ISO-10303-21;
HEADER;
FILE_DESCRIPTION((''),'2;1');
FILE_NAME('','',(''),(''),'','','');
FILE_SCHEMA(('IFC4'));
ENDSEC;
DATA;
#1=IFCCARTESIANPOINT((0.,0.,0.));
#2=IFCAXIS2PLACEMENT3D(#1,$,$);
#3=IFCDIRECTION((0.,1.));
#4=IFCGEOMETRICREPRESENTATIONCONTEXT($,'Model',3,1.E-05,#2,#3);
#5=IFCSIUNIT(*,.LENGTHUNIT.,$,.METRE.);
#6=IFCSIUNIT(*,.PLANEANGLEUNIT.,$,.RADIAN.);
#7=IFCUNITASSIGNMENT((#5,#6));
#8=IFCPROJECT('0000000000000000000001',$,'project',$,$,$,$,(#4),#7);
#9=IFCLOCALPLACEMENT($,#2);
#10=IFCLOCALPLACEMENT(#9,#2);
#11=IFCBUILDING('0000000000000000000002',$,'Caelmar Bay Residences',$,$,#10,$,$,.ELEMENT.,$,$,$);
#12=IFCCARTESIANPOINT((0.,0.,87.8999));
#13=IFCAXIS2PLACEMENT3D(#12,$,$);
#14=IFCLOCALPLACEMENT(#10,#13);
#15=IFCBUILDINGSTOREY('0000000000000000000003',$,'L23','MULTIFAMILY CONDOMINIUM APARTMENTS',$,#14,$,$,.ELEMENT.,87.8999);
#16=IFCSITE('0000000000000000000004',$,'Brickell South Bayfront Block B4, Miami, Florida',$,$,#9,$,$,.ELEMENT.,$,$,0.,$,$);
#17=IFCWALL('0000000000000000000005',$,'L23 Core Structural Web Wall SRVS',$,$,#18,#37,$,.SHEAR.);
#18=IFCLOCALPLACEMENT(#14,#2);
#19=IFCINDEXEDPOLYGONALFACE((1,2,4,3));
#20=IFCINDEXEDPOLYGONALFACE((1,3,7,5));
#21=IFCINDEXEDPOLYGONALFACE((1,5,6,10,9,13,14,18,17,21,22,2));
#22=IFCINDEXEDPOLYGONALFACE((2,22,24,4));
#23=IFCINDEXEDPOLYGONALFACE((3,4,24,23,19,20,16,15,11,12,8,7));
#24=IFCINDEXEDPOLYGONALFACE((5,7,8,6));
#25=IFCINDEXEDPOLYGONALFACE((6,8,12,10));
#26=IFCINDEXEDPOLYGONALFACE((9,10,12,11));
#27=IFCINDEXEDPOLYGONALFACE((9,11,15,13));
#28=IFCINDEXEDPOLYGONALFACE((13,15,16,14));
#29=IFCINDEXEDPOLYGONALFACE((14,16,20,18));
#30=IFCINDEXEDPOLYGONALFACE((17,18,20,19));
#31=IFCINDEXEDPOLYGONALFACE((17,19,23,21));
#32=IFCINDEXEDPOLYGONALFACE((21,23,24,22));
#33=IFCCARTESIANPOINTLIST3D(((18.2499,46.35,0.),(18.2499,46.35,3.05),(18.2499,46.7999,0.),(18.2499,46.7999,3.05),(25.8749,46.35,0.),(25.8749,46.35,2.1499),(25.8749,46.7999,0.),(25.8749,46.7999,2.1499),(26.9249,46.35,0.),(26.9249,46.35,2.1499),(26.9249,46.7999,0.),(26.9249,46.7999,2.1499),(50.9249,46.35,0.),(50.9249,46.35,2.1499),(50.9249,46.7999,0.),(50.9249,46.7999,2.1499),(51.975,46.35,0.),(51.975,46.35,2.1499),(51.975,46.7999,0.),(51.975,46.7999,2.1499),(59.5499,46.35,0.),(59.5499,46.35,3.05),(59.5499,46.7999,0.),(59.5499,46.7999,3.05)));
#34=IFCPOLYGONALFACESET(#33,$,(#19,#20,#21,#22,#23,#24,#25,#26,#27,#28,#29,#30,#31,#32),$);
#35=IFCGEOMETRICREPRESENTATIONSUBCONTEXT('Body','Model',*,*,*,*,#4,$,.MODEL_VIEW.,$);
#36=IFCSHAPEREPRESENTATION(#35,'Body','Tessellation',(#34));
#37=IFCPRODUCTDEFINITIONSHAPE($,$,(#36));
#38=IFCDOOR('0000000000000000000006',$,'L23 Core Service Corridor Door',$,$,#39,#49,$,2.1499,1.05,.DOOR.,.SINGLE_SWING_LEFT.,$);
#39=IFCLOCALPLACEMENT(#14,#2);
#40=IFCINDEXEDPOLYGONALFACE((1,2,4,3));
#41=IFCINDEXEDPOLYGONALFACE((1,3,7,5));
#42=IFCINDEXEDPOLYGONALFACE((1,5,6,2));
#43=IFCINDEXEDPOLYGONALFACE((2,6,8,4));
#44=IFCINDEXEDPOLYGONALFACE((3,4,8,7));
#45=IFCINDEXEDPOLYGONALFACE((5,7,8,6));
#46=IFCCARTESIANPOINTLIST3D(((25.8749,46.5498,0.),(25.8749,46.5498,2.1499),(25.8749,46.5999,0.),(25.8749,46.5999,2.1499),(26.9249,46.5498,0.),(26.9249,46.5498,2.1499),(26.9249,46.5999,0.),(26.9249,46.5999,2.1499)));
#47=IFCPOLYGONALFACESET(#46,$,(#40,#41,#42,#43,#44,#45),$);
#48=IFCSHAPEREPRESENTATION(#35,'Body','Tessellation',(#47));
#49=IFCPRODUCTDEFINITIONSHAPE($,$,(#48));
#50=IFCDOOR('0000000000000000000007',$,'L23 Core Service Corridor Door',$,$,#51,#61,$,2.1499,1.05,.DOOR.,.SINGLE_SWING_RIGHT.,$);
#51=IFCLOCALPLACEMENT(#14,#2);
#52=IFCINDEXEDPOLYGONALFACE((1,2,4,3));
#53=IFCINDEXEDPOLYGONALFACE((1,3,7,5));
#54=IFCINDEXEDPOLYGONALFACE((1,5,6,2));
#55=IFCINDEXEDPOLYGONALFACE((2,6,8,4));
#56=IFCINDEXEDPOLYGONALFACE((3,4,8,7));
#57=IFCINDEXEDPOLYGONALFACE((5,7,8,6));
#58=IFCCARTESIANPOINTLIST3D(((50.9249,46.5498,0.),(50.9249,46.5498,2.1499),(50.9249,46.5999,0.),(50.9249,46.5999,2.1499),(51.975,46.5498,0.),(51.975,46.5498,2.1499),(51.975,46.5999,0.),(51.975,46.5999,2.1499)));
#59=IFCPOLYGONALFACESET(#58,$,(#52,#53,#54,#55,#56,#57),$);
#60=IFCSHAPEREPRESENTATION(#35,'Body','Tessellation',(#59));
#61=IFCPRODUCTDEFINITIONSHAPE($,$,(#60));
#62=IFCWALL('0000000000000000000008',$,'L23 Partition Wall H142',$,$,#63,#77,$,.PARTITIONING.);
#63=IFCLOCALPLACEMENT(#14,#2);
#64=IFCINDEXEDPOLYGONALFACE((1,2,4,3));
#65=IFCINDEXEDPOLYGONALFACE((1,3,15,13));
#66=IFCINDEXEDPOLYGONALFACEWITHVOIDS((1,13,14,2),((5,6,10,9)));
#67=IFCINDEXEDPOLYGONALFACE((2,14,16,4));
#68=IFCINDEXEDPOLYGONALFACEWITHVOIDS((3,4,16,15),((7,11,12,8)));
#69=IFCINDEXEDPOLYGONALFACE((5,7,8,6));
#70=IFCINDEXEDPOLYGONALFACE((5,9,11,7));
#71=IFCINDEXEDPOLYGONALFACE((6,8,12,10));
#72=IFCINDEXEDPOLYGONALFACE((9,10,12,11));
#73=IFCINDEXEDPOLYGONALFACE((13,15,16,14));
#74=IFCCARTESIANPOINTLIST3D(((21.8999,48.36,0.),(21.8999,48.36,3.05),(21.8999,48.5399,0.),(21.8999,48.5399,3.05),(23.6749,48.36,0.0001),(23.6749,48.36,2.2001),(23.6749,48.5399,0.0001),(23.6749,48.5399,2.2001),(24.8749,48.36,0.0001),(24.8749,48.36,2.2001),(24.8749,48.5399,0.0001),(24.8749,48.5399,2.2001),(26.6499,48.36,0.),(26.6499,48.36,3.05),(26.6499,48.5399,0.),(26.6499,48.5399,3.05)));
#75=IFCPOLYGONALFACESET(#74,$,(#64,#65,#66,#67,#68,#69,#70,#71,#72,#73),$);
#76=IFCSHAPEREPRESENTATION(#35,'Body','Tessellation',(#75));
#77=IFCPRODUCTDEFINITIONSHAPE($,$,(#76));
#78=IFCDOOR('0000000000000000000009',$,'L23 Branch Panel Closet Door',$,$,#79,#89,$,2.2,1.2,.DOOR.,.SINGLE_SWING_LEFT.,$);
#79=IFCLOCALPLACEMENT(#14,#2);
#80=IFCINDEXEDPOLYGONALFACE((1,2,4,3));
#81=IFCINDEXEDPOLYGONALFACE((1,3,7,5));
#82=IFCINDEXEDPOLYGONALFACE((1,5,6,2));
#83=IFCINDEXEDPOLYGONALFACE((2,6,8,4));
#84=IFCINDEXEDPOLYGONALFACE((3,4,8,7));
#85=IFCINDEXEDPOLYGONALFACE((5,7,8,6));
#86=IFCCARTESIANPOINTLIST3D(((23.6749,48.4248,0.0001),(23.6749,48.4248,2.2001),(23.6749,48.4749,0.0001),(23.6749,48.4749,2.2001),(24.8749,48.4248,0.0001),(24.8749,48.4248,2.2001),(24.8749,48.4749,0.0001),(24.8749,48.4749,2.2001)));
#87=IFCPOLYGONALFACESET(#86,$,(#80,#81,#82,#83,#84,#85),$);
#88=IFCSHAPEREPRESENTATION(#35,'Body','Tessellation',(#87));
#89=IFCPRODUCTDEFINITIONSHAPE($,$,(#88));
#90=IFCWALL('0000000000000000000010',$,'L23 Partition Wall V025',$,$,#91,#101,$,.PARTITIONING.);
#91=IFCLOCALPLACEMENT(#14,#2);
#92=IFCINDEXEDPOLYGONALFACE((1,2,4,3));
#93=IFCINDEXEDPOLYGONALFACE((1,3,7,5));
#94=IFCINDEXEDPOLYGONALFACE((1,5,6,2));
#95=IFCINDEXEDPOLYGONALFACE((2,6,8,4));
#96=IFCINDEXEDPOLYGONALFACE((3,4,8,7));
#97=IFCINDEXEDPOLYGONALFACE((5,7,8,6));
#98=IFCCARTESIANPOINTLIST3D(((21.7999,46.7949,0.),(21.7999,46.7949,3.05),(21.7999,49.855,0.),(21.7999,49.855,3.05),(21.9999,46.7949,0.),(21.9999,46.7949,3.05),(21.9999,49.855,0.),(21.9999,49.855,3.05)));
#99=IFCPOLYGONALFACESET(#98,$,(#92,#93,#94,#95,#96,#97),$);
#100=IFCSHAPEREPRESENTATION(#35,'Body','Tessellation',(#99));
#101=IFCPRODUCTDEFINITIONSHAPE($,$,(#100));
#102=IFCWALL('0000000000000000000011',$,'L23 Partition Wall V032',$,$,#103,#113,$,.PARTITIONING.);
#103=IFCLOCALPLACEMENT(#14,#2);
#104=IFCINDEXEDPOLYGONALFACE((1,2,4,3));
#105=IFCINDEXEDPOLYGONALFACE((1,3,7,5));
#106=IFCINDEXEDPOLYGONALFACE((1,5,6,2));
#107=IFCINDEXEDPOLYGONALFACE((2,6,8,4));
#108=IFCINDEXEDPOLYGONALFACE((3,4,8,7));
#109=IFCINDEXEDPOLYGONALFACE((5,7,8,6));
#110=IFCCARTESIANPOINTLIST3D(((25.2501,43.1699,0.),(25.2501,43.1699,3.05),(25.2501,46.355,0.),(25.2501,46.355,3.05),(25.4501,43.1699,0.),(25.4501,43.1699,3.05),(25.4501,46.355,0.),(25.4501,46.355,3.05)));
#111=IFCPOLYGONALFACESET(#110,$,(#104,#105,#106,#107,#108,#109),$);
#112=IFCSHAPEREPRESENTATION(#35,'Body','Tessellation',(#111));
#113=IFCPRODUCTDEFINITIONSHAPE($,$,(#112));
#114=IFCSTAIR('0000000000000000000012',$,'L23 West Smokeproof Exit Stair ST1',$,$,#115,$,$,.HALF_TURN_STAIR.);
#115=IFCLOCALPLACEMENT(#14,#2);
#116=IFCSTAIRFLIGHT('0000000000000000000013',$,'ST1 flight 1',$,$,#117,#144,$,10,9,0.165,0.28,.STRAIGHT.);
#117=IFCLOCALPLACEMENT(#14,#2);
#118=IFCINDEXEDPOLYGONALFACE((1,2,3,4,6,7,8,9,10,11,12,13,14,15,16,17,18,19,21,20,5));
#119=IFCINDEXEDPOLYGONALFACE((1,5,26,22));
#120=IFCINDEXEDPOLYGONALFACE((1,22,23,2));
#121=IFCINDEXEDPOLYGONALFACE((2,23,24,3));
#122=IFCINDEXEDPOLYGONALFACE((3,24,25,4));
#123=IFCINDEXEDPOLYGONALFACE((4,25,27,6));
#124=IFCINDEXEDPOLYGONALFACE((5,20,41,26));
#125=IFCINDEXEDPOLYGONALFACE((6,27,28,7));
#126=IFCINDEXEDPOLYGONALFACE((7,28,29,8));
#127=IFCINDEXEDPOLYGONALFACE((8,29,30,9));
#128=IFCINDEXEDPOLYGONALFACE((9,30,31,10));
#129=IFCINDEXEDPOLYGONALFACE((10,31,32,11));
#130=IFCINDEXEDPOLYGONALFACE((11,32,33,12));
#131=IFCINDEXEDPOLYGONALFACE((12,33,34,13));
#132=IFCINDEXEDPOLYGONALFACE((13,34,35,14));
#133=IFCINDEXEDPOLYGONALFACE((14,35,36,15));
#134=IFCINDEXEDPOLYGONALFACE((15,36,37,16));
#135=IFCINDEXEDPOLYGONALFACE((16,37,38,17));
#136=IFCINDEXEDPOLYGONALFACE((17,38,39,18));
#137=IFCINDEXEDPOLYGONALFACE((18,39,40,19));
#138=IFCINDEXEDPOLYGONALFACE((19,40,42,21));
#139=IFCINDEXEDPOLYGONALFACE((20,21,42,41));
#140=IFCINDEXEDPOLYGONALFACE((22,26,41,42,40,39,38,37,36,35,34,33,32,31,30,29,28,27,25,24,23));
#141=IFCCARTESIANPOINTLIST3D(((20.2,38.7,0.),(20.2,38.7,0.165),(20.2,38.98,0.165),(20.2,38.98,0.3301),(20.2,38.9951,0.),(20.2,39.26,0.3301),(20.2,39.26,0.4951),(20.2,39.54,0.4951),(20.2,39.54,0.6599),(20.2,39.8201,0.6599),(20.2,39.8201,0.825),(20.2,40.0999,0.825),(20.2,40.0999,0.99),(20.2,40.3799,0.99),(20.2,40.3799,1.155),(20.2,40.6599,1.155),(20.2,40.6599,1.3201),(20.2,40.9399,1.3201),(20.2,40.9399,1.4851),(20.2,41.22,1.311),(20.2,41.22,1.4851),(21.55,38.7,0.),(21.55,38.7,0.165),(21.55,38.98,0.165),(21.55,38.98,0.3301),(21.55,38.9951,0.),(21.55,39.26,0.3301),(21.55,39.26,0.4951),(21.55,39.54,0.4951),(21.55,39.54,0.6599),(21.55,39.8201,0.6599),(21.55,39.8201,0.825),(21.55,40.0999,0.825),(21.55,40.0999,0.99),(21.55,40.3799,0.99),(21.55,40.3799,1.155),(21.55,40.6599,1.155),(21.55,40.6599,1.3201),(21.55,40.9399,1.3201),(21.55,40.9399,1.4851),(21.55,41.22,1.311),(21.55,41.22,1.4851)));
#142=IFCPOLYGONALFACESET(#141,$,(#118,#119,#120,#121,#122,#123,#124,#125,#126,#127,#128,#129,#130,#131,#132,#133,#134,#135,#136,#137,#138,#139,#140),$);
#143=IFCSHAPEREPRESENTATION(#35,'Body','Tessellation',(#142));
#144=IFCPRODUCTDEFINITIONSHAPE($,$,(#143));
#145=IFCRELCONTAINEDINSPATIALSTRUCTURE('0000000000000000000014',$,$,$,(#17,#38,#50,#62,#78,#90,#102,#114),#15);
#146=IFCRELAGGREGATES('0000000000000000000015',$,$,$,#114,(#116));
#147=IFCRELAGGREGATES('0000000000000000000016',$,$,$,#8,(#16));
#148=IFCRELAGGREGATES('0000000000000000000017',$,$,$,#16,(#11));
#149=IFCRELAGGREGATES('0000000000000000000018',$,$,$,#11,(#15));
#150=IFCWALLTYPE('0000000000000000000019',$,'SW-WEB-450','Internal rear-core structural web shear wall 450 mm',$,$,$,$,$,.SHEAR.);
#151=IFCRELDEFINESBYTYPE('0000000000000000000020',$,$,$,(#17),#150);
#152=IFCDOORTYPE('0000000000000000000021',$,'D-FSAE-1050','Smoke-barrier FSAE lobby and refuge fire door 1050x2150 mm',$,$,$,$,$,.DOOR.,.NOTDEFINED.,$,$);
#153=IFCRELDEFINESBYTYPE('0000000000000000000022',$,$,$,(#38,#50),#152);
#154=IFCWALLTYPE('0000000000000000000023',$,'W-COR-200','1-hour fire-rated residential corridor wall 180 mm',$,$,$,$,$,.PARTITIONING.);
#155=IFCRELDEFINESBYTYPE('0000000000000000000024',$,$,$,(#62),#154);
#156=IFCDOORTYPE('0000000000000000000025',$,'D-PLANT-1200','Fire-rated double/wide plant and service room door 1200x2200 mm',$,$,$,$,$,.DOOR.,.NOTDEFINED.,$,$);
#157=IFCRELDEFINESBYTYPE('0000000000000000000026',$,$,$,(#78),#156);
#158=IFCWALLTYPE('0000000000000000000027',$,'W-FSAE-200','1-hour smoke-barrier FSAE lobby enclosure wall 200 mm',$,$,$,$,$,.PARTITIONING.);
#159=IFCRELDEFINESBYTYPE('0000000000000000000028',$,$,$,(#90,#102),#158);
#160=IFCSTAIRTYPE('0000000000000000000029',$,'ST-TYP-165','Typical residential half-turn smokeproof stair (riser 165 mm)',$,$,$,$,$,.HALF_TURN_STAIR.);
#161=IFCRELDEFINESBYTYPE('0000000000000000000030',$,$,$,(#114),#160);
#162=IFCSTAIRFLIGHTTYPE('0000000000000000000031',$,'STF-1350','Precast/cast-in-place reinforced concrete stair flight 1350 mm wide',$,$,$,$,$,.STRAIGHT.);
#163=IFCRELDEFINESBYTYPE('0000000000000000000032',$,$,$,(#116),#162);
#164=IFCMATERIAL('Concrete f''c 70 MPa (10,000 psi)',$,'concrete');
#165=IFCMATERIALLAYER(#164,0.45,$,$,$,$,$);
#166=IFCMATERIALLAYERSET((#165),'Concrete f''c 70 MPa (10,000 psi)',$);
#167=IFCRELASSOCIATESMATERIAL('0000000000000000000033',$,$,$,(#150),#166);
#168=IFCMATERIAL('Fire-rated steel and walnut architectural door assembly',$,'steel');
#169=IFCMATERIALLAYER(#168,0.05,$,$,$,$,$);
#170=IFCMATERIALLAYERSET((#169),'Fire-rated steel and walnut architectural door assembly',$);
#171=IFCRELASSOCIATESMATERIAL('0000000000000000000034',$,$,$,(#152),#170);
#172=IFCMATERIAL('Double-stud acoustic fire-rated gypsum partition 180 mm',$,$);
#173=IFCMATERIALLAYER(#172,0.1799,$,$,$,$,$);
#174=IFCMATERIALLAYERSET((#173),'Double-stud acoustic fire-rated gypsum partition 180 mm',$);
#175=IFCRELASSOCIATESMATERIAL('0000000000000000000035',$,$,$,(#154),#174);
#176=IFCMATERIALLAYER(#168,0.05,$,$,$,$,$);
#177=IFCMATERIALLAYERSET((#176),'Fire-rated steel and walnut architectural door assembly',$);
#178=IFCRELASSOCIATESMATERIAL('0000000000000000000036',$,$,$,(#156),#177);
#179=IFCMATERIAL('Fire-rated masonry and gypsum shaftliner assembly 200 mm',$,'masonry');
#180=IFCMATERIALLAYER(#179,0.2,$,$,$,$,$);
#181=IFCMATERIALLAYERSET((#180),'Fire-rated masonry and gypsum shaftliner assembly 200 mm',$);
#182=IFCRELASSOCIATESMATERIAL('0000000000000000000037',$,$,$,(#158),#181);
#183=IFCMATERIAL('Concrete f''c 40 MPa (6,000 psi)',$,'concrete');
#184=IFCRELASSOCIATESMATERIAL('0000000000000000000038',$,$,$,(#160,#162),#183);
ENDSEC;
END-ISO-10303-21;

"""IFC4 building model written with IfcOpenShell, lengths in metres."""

from ifc_helpers import new_model, si_unit, direction, frame, frame_2d, origin, place, context, subcontext, project, spatial, polyline, rectangle, outline, extrude, material, layer, layer_set, type_object, element, fill, aggregate, save


model = new_model("IFC4")

# Units and contexts
model_context = context("Model", 3, precision=1e-05, world=origin(), true_north=direction((0.0, 1.0)))
body_context = subcontext(model_context, "Body", "Model", "MODEL_VIEW")
ifc_project = project(units=[si_unit("LENGTHUNIT", "METRE"), si_unit("PLANEANGLEUNIT", "RADIAN")], contexts=[model_context])

# Site, building, storey
site_placement = place(None, origin())
site = spatial("IfcSite", under=ifc_project, at=site_placement, Name="Brickell South Bayfront Block B4, Miami, Florida", CompositionType="ELEMENT", RefElevation=0.0)
building_placement = place(site_placement, origin())
building = spatial("IfcBuilding", under=site, at=building_placement, Name="Caelmar Bay Residences", CompositionType="ELEMENT")
storey_placement = place(building_placement, frame((0.0, 0.0, 87.8999)))
storey = spatial("IfcBuildingStorey", under=building, at=storey_placement, Name="L23", Description="MULTIFAMILY CONDOMINIUM APARTMENTS", CompositionType="ELEMENT", Elevation=87.8999)

# Shared definitions
ifc_material_1 = material(Name="Concrete f'c 70 MPa (10,000 psi)", Category="concrete")

# Wall, openings, doors
ifc_layer_1 = layer(ifc_material_1, 0.45)
ifc_layer_set_1 = layer_set([ifc_layer_1], Name="Concrete f'c 70 MPa (10,000 psi)")
wall_type_1 = type_object("IfcWallType", Name="SW-WEB-450", Description="Internal rear-core structural web shear wall 450 mm", PredefinedType="SHEAR", material=ifc_layer_set_1)
ifc_material_2 = material(Name="Fire-rated steel and walnut architectural door assembly", Category="steel")
ifc_layer_2 = layer(ifc_material_2, 0.05)
ifc_layer_set_2 = layer_set([ifc_layer_2], Name="Fire-rated steel and walnut architectural door assembly")
door_type_1 = type_object("IfcDoorType", Name="D-FSAE-1050", Description="Smoke-barrier FSAE lobby and refuge fire door 1050x2150 mm", OperationType="NOTDEFINED", PredefinedType="DOOR", material=ifc_layer_set_2)
wall_1_placement = place(storey_placement, frame((18.25, 46.575, 0.0), z_axis=(0.0, 0.0, 1.0), x_axis=(1.0, 0.0, 0.0)))
wall_1 = element("IfcWall", 1, at=wall_1_placement, inside=storey, type_object=wall_type_1, Name="L23 Core Structural Web Wall SRVS", PredefinedType="SHEAR", context=body_context, shape_type="SweptSolid", body=[
    extrude(rectangle(XDim=41.3, YDim=0.45, at=frame_2d((20.6499, 0.0))), origin(), (0.0, 0.0, 1.0), 3.05),
])
opening_1_placement = place(wall_1_placement, frame((7.625, 0.0, 0.0)))
opening_1 = element("IfcOpeningElement", 2, at=opening_1_placement, cuts=wall_1, PredefinedType="OPENING", context=body_context, shape_type="SweptSolid", body=[
    extrude(rectangle(XDim=1.05, YDim=2.1499, at=frame_2d((0.5249, 1.075))), frame((0.0, 0.2349, 0.0), z_axis=(0.0, -1.0, 0.0), x_axis=(1.0, 0.0, 0.0)), (0.0, 0.0, 1.0), 0.47),
])
opening_2_placement = place(wall_1_placement, frame((32.675, 0.0, 0.0)))
opening_2 = element("IfcOpeningElement", 3, at=opening_2_placement, cuts=wall_1, PredefinedType="OPENING", context=body_context, shape_type="SweptSolid", body=[
    extrude(rectangle(XDim=1.05, YDim=2.1499, at=frame_2d((0.5249, 1.075))), frame((0.0, 0.2349, 0.0), z_axis=(0.0, -1.0, 0.0), x_axis=(1.0, 0.0, 0.0)), (0.0, 0.0, 1.0), 0.47),
])
door_1_placement = place(opening_1_placement, origin())
door_1 = element("IfcDoor", 4, at=door_1_placement, inside=storey, type_object=door_type_1, Name="L23 Core Service Corridor Door", OperationType="SINGLE_SWING_LEFT", OverallHeight=2.1499, OverallWidth=1.05, PredefinedType="DOOR", context=body_context, shape_type="SweptSolid", body=[
    extrude(rectangle(XDim=1.05, YDim=2.1499, at=frame_2d((0.5249, 1.075))), frame((0.0, 0.0249, 0.0), z_axis=(0.0, -1.0, 0.0), x_axis=(1.0, 0.0, 0.0)), (0.0, 0.0, 1.0), 0.05),
])
fill(opening_1, door_1)
door_2_placement = place(opening_2_placement, origin())
door_2 = element("IfcDoor", 5, at=door_2_placement, inside=storey, type_object=door_type_1, Name="L23 Core Service Corridor Door", OperationType="SINGLE_SWING_RIGHT", OverallHeight=2.1499, OverallWidth=1.05, PredefinedType="DOOR", context=body_context, shape_type="SweptSolid", body=[
    extrude(rectangle(XDim=1.05, YDim=2.1499, at=frame_2d((0.5249, 1.075))), frame((0.0, 0.0249, 0.0), z_axis=(0.0, -1.0, 0.0), x_axis=(1.0, 0.0, 0.0)), (0.0, 0.0, 1.0), 0.05),
])
fill(opening_2, door_2)

# Wall, opening, door
ifc_material_3 = material(Name="Double-stud acoustic fire-rated gypsum partition 180 mm")
ifc_layer_3 = layer(ifc_material_3, 0.1799)
ifc_layer_set_3 = layer_set([ifc_layer_3], Name="Double-stud acoustic fire-rated gypsum partition 180 mm")
wall_type_2 = type_object("IfcWallType", Name="W-COR-200", Description="1-hour fire-rated residential corridor wall 180 mm", PredefinedType="PARTITIONING", material=ifc_layer_set_3)
wall_2_placement = place(storey_placement, frame((21.8999, 48.45, 0.0), z_axis=(0.0, 0.0, 1.0), x_axis=(1.0, 0.0, 0.0)))
wall_2 = element("IfcWall", 6, at=wall_2_placement, inside=storey, type_object=wall_type_2, Name="L23 Partition Wall H142", PredefinedType="PARTITIONING", context=body_context, shape_type="SweptSolid", body=[
    extrude(rectangle(XDim=4.75, YDim=0.1799, at=frame_2d((2.375, 0.0))), origin(), (0.0, 0.0, 1.0), 3.05),
])
opening_3_placement = place(wall_2_placement, frame((1.7749, 0.0, 0.0)))
opening_3 = element("IfcOpeningElement", 7, at=opening_3_placement, cuts=wall_2, PredefinedType="OPENING", context=body_context, shape_type="SweptSolid", body=[
    extrude(rectangle(XDim=1.2, YDim=2.2, at=frame_2d((0.6001, 1.1001))), frame((0.0, 0.0999, 0.0), z_axis=(0.0, -1.0, 0.0), x_axis=(1.0, 0.0, 0.0)), (0.0, 0.0, 1.0), 0.2),
])
ifc_layer_4 = layer(ifc_material_2, 0.05)
ifc_layer_set_4 = layer_set([ifc_layer_4], Name="Fire-rated steel and walnut architectural door assembly")
door_type_2 = type_object("IfcDoorType", Name="D-PLANT-1200", Description="Fire-rated double/wide plant and service room door 1200x2200 mm", OperationType="NOTDEFINED", PredefinedType="DOOR", material=ifc_layer_set_4)
door_3_placement = place(opening_3_placement, origin())
door_3 = element("IfcDoor", 8, at=door_3_placement, inside=storey, type_object=door_type_2, Name="L23 Branch Panel Closet Door", OperationType="SINGLE_SWING_LEFT", OverallHeight=2.2, OverallWidth=1.2, PredefinedType="DOOR", context=body_context, shape_type="SweptSolid", body=[
    extrude(rectangle(XDim=1.2, YDim=2.2, at=frame_2d((0.6001, 1.1001))), frame((0.0, 0.0249, 0.0), z_axis=(0.0, -1.0, 0.0), x_axis=(1.0, 0.0, 0.0)), (0.0, 0.0, 1.0), 0.05),
])
fill(opening_3, door_3)

# Walls
ifc_material_4 = material(Name="Fire-rated masonry and gypsum shaftliner assembly 200 mm", Category="masonry")
ifc_layer_5 = layer(ifc_material_4, 0.2)
ifc_layer_set_5 = layer_set([ifc_layer_5], Name="Fire-rated masonry and gypsum shaftliner assembly 200 mm")
wall_type_3 = type_object("IfcWallType", Name="W-FSAE-200", Description="1-hour smoke-barrier FSAE lobby enclosure wall 200 mm", PredefinedType="PARTITIONING", material=ifc_layer_set_5)
wall_3_placement = place(storey_placement, frame((21.8999, 46.7949, 0.0), z_axis=(0.0, 0.0, 1.0), x_axis=(0.0, 1.0, 0.0)))
element("IfcWall", 9, at=wall_3_placement, inside=storey, type_object=wall_type_3, Name="L23 Partition Wall V025", PredefinedType="PARTITIONING", context=body_context, shape_type="SweptSolid", body=[
    extrude(rectangle(XDim=3.0601, YDim=0.2, at=frame_2d((1.53, 0.0))), origin(), (0.0, 0.0, 1.0), 3.05),
])
wall_4_placement = place(storey_placement, frame((25.3501, 43.1699, 0.0), z_axis=(0.0, 0.0, 1.0), x_axis=(0.0, 1.0, 0.0)))
element("IfcWall", 10, at=wall_4_placement, inside=storey, type_object=wall_type_3, Name="L23 Partition Wall V032", PredefinedType="PARTITIONING", context=body_context, shape_type="SweptSolid", body=[
    extrude(rectangle(XDim=3.1851, YDim=0.2, at=frame_2d((1.5925, 0.0))), origin(), (0.0, 0.0, 1.0), 3.05),
])

# Stair, stair flight
ifc_material_5 = material(Name="Concrete f'c 40 MPa (6,000 psi)", Category="concrete")
stair_type = type_object("IfcStairType", Name="ST-TYP-165", Description="Typical residential half-turn smokeproof stair (riser 165 mm)", PredefinedType="HALF_TURN_STAIR", material=ifc_material_5)
stair_placement = place(storey_placement, origin())
stair = element("IfcStair", 11, at=stair_placement, inside=storey, type_object=stair_type, Name="L23 West Smokeproof Exit Stair ST1", PredefinedType="HALF_TURN_STAIR")
stair_flight_type = type_object("IfcStairFlightType", Name="STF-1350", Description="Precast/cast-in-place reinforced concrete stair flight 1350 mm wide", PredefinedType="STRAIGHT", material=ifc_material_5)
stair_flight_1_placement = place(storey_placement, frame((20.875, 38.7, 0.0), z_axis=(0.0, 0.0, 1.0), x_axis=(0.0, 1.0, 0.0)))
stair_flight_1 = element("IfcStairFlight", 12, at=stair_flight_1_placement, type_object=stair_flight_type, Name="ST1 flight 1", NumberOfRisers=10, NumberOfTreads=9, PredefinedType="STRAIGHT", RiserHeight=0.165, TreadLength=0.28, context=body_context, shape_type="SweptSolid", body=[
    extrude(outline(polyline([(0.0, 0.0), (0.0, 0.165), (0.28, 0.165), (0.28, 0.3301), (0.5601, 0.3301), (0.5601, 0.4951), (0.8401, 0.4951), (0.8401, 0.6599), (1.1201, 0.6599), (1.1201, 0.825), (1.3999, 0.825), (1.3999, 0.99), (1.6799, 0.99), (1.6799, 1.155), (1.96, 1.155), (1.96, 1.3201), (2.24, 1.3201), (2.24, 1.4851), (2.52, 1.4851), (2.52, 1.6499), (2.52, 1.311), (0.2952, 0.0), (0.0, 0.0)])), frame((0.0, 0.675, 0.0), z_axis=(0.0, -1.0, 0.0), x_axis=(1.0, 0.0, 0.0)), (0.0, 0.0, 1.0), 1.3501),
])
aggregate(stair, [stair_flight_1])

save(model, "model.ifc")
